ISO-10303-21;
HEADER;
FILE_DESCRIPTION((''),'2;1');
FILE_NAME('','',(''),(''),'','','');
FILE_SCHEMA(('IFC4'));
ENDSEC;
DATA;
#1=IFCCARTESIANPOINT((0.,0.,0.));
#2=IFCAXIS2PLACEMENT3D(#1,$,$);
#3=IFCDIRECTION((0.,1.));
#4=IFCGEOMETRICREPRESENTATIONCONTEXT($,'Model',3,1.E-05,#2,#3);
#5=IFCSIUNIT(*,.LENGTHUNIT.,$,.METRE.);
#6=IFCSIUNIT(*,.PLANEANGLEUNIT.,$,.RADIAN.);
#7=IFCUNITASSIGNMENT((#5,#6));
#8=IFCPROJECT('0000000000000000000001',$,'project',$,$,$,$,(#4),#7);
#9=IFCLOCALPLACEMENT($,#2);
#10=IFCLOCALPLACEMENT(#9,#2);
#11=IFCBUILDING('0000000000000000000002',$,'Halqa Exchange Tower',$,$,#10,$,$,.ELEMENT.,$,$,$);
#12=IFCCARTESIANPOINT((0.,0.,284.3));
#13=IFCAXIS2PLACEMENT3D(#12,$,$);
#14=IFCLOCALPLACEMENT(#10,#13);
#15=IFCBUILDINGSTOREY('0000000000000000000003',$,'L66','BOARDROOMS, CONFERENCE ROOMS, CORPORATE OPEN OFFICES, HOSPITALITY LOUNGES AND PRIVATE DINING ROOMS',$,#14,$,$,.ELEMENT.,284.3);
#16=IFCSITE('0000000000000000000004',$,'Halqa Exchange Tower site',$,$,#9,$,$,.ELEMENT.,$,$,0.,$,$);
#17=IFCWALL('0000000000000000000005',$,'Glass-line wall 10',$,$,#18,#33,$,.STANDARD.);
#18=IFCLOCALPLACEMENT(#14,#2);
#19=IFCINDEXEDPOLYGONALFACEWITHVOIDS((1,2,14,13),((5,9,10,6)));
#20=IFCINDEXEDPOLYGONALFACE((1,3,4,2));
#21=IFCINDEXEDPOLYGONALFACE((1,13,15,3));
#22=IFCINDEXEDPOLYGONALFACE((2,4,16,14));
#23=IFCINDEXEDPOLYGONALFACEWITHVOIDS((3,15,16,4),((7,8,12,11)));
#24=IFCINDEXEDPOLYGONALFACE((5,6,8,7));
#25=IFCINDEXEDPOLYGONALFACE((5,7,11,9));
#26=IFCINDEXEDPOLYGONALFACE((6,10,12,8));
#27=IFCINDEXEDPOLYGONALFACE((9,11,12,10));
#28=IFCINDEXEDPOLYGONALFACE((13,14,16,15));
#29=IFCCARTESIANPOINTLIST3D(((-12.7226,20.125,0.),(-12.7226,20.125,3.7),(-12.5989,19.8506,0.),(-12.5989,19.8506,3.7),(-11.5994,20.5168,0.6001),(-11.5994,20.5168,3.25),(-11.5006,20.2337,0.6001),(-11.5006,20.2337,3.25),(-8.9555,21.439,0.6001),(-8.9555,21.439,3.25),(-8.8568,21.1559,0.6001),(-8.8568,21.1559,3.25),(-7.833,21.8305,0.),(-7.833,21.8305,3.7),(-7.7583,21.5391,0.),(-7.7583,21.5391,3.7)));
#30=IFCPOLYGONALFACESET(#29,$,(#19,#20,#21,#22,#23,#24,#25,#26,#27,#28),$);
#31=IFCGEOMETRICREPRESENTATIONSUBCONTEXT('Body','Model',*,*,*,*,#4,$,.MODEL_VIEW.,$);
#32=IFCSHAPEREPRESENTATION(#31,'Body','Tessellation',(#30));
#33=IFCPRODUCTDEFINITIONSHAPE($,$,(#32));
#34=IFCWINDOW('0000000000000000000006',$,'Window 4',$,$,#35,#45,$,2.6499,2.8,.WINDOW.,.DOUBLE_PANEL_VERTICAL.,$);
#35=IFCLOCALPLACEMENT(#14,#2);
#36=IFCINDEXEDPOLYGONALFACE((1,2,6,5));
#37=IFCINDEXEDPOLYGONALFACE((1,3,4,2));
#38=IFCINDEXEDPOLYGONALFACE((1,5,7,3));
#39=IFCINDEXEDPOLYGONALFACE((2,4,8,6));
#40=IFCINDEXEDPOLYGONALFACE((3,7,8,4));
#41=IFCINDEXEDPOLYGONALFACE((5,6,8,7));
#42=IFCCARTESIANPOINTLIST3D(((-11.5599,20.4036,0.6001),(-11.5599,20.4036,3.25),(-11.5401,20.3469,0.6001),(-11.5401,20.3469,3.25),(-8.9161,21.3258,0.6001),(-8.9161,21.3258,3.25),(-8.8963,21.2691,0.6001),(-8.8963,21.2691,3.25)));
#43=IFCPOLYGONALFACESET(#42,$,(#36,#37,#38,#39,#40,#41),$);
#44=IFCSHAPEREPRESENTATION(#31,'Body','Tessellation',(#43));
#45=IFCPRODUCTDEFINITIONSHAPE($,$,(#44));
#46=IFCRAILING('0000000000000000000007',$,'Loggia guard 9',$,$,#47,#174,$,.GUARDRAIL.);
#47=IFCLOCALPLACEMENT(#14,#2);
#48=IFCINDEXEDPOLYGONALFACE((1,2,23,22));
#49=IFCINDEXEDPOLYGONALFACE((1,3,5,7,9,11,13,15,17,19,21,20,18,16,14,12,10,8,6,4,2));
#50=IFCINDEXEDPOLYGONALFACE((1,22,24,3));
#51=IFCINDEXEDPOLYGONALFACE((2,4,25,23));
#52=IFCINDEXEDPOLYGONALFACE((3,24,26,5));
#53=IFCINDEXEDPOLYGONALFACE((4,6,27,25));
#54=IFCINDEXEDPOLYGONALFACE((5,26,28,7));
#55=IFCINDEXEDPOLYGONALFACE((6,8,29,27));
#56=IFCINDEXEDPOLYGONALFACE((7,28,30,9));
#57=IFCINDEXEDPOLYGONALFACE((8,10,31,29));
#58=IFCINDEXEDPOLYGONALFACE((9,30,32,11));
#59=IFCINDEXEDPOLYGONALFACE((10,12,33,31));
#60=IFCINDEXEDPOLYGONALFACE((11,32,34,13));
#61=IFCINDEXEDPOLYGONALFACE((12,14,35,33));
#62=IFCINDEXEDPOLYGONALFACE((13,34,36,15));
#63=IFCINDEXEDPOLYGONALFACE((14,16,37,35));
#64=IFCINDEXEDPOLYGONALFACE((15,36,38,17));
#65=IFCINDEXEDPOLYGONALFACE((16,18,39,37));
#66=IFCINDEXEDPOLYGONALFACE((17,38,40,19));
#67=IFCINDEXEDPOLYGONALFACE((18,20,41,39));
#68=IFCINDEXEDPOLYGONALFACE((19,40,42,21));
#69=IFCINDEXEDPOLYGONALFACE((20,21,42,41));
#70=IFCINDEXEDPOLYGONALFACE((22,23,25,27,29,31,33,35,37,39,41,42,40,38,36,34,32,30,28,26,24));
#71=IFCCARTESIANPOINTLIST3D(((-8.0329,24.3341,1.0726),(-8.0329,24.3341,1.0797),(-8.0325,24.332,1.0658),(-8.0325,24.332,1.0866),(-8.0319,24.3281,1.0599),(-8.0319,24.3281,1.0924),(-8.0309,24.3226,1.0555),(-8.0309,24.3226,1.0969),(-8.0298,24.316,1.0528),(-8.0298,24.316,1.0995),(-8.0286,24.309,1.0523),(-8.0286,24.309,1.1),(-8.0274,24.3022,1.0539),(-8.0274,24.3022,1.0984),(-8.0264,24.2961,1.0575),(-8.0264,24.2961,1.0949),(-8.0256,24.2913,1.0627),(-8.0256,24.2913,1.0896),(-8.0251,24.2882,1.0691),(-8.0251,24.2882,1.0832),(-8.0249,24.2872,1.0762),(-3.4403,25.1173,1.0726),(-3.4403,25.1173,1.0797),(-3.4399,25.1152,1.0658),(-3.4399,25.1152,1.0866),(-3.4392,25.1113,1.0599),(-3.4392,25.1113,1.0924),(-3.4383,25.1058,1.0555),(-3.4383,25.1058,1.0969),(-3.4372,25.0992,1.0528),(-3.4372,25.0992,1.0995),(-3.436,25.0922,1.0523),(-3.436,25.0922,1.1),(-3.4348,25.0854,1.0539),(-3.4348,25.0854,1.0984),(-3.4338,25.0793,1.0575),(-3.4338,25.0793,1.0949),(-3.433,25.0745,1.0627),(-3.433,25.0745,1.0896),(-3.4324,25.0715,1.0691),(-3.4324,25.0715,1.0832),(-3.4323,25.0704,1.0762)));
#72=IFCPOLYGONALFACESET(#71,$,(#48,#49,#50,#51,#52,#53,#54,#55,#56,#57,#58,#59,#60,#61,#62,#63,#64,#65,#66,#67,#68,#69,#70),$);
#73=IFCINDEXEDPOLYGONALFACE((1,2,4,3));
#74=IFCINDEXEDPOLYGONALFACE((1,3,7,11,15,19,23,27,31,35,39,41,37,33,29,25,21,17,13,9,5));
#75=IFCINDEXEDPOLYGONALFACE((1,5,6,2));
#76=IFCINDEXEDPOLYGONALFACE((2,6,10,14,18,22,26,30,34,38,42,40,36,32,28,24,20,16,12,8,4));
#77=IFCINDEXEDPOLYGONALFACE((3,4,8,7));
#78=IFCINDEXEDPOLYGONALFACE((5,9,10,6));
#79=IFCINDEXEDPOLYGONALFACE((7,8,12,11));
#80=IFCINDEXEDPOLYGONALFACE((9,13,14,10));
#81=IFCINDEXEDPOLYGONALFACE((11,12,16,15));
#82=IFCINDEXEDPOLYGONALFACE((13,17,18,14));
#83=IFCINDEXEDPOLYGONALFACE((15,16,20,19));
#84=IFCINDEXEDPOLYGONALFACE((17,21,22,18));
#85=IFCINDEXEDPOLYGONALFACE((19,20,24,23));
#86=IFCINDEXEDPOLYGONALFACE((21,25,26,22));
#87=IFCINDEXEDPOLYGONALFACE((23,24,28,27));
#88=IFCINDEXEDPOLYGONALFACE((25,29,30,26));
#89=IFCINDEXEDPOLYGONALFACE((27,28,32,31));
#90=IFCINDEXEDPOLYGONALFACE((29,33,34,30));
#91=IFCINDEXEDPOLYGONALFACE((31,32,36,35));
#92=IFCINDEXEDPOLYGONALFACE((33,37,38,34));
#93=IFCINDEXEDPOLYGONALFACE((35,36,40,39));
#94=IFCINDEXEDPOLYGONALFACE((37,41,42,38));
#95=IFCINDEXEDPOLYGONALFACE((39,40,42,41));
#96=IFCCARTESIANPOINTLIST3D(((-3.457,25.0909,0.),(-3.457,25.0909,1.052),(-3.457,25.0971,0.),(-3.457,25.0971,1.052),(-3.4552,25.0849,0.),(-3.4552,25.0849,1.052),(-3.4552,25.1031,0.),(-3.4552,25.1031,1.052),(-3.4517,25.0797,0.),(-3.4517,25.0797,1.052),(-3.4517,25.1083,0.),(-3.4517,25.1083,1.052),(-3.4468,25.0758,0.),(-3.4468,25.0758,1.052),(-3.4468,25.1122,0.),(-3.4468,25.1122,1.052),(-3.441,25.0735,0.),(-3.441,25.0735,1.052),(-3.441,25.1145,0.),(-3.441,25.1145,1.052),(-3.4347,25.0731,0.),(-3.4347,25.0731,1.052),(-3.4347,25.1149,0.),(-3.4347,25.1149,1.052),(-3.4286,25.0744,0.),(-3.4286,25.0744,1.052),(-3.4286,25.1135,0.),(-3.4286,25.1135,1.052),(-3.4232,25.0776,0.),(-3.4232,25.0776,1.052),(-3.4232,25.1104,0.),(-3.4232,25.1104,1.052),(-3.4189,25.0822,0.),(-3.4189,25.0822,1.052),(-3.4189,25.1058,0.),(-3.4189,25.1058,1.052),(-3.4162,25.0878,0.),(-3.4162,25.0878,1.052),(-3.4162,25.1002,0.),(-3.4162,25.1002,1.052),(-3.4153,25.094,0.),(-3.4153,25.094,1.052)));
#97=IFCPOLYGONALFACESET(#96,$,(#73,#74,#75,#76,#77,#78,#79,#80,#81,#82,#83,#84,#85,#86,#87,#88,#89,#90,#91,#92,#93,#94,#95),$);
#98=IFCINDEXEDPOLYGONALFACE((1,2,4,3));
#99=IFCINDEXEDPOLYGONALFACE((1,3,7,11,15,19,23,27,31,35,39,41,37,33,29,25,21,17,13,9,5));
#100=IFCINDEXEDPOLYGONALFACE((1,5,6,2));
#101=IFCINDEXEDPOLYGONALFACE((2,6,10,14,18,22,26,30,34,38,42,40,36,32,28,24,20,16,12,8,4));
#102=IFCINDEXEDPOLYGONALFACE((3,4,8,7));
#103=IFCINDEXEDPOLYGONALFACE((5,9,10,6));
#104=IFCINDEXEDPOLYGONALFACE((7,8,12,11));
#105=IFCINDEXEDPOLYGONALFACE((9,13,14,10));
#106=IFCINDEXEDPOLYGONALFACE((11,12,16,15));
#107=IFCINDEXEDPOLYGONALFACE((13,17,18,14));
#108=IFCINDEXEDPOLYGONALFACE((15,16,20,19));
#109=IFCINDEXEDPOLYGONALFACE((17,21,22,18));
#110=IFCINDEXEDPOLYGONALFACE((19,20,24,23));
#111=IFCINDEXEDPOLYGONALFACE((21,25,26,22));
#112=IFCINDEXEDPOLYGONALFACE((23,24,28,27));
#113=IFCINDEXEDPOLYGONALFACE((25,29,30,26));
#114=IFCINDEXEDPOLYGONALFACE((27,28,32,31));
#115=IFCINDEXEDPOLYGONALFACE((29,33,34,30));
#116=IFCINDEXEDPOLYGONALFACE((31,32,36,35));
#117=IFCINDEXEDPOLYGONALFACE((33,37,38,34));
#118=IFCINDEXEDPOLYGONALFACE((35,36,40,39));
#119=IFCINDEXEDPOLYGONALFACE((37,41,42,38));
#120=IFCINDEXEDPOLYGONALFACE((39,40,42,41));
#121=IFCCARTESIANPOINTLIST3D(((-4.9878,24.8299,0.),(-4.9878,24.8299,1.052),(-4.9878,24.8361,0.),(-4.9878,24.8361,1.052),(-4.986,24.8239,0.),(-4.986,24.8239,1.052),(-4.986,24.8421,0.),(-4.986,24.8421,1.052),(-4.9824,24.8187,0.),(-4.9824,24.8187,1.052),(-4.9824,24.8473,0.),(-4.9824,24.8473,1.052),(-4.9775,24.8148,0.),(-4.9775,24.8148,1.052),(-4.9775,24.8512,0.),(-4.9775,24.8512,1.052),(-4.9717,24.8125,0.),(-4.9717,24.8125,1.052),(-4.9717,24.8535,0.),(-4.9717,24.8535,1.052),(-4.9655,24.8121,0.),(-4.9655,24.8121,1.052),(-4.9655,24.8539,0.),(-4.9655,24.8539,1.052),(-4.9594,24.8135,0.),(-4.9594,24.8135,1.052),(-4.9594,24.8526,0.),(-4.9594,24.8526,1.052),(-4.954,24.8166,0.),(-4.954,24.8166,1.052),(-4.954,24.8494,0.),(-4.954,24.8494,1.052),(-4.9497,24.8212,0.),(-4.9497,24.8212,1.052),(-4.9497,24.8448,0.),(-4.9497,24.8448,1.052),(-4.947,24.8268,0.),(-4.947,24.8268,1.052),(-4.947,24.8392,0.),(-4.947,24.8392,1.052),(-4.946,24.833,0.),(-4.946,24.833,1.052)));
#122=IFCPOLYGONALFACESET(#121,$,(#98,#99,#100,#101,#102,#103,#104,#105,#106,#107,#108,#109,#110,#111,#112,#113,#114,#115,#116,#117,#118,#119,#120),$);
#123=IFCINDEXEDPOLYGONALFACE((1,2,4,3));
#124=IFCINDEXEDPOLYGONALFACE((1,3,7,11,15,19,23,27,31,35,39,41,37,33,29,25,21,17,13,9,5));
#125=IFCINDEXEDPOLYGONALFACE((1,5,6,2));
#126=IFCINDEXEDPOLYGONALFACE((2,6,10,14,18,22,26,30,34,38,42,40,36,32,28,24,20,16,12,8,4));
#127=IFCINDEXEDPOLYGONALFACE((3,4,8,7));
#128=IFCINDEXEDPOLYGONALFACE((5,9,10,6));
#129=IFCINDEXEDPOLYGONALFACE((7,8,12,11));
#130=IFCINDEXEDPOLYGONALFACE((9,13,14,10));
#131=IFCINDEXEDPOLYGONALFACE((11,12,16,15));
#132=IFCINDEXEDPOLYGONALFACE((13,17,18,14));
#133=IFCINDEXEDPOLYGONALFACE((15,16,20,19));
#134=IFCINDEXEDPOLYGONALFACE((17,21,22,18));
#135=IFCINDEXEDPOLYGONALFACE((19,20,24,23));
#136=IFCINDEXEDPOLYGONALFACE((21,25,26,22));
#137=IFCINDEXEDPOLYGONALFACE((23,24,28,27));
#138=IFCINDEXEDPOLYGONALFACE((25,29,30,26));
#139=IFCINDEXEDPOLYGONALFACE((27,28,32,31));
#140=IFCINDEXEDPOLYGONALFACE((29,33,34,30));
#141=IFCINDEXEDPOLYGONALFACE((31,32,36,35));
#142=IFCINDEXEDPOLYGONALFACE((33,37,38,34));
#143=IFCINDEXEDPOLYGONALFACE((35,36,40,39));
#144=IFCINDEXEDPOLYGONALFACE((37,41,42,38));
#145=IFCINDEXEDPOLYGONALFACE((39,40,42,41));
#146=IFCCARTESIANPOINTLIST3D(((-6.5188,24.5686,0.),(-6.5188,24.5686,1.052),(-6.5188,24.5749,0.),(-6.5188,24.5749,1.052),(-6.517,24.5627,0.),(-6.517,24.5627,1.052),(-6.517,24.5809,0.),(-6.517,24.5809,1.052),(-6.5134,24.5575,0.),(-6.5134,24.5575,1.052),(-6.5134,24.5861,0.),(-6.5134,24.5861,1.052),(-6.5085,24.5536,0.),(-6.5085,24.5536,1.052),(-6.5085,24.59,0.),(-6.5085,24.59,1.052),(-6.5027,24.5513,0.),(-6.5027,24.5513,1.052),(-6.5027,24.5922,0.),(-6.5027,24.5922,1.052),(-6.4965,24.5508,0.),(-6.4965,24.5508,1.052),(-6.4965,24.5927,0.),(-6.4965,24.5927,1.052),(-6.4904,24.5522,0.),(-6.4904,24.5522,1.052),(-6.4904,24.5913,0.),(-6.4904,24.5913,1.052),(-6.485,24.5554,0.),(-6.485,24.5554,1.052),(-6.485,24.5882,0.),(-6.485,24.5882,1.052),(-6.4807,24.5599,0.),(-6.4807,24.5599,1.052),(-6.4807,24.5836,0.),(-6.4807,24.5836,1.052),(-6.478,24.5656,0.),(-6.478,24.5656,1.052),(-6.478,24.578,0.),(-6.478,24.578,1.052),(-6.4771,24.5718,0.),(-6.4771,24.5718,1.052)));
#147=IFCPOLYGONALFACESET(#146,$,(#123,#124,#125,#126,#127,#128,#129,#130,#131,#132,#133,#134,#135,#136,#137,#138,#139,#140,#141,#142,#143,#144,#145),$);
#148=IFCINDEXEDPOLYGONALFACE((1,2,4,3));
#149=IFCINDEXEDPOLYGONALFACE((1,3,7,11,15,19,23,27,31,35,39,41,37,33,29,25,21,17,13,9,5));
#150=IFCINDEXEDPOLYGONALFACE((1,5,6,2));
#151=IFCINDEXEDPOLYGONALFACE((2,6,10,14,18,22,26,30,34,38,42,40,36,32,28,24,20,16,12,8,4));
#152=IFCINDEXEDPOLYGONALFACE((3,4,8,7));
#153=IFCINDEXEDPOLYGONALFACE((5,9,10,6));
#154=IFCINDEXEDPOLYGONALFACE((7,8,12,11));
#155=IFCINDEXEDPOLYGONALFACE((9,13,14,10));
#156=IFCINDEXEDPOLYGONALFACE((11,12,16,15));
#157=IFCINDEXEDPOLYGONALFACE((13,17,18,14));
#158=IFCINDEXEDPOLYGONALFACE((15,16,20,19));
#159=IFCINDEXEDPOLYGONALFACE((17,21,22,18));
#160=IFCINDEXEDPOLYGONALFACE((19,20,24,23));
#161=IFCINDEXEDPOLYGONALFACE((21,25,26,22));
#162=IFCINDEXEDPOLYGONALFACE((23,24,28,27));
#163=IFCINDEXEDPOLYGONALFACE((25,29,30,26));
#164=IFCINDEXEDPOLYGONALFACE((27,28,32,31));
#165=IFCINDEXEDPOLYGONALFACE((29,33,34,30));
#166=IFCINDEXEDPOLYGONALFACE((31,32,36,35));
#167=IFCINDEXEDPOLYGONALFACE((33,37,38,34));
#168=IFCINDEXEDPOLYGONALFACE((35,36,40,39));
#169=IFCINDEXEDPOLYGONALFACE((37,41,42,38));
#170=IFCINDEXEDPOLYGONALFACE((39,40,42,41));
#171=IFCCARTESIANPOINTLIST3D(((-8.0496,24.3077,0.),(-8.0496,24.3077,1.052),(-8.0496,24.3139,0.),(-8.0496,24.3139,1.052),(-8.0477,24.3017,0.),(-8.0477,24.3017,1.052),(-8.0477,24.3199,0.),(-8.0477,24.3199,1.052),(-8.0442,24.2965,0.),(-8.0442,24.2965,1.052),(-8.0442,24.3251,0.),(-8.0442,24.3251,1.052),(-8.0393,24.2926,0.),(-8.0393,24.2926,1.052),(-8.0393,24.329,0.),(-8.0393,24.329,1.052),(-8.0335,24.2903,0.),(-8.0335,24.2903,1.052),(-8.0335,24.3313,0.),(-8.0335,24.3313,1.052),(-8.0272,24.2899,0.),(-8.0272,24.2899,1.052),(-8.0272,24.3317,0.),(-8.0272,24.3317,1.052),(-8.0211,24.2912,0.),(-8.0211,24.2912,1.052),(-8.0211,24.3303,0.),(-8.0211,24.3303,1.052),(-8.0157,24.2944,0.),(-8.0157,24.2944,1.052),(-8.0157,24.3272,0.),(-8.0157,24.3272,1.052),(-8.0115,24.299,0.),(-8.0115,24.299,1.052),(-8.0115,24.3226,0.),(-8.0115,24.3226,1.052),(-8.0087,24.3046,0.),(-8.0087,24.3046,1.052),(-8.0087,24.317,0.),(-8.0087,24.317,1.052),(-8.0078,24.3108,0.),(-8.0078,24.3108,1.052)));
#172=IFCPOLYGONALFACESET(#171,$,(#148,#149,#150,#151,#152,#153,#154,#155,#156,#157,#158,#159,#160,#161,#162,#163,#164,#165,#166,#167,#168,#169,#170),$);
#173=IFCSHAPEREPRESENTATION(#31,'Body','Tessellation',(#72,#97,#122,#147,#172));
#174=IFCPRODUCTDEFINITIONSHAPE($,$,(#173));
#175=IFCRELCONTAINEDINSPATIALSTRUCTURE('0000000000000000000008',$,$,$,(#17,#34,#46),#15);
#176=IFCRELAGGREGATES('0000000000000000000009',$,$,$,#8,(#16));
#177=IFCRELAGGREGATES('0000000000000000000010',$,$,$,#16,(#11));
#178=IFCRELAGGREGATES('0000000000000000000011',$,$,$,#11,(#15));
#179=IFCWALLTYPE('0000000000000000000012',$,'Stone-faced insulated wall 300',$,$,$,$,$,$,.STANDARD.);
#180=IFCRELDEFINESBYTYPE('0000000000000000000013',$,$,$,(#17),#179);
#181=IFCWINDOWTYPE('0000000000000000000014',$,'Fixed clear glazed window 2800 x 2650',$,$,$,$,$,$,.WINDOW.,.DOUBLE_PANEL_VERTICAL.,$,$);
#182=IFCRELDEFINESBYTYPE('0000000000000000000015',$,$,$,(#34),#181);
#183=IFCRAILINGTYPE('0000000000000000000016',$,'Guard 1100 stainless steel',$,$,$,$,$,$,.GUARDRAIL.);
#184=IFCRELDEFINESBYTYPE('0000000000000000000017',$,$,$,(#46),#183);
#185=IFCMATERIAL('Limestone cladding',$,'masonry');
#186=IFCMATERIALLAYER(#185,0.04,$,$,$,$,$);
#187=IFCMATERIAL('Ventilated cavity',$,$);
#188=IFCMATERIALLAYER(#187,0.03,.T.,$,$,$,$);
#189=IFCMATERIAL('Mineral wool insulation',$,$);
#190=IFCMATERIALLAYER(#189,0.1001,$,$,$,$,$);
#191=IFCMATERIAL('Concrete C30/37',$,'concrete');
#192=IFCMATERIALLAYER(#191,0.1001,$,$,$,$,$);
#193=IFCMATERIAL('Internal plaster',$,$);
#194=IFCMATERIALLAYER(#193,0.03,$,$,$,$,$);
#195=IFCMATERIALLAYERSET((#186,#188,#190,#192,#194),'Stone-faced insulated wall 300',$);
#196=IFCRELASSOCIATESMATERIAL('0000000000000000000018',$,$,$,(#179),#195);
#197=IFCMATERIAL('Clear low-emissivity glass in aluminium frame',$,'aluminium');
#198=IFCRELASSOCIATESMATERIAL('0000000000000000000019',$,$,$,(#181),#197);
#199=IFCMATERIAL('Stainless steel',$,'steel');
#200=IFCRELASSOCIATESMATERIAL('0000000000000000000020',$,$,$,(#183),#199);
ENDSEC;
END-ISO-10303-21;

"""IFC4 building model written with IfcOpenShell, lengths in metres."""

from ifc_helpers import new_model, si_unit, direction, frame, frame_2d, origin, origin_2d, place, context, subcontext, project, spatial, polyline, rectangle, circle, outline, extrude, material, layer, layer_set, type_object, element, fill, save


model = new_model("IFC4")

# Units and contexts
model_context = context("Model", 3, precision=1e-05, world=origin(), true_north=direction((0.0, 1.0)))
body_context = subcontext(model_context, "Body", "Model", "MODEL_VIEW")
ifc_project = project(units=[si_unit("LENGTHUNIT", "METRE"), si_unit("PLANEANGLEUNIT", "RADIAN")], contexts=[model_context])

# Site, building, storey
site_placement = place(None, origin())
site = spatial("IfcSite", under=ifc_project, at=site_placement, Name="Halqa Exchange Tower site", CompositionType="ELEMENT", RefElevation=0.0)
building_placement = place(site_placement, origin())
building = spatial("IfcBuilding", under=site, at=building_placement, Name="Halqa Exchange Tower", CompositionType="ELEMENT")
storey_placement = place(building_placement, frame((0.0, 0.0, 284.3)))
storey = spatial("IfcBuildingStorey", under=building, at=storey_placement, Name="L66", Description="BOARDROOMS, CONFERENCE ROOMS, CORPORATE OPEN OFFICES, HOSPITALITY LOUNGES AND PRIVATE DINING ROOMS", CompositionType="ELEMENT", Elevation=284.3)

# Shared definitions
ifc_material_1 = material(Name="Concrete C30/37", Category="concrete")

# Wall, opening, window
ifc_material_2 = material(Name="Limestone cladding", Category="masonry")
ifc_layer_1 = layer(ifc_material_2, 0.04)
ifc_material_3 = material(Name="Ventilated cavity")
ifc_layer_2 = layer(ifc_material_3, 0.03, ventilated=True)
ifc_material_4 = material(Name="Mineral wool insulation")
ifc_layer_3 = layer(ifc_material_4, 0.1001)
ifc_layer_4 = layer(ifc_material_1, 0.1001)
ifc_material_5 = material(Name="Internal plaster")
ifc_layer_5 = layer(ifc_material_5, 0.03)
ifc_layer_set_1 = layer_set([ifc_layer_1, ifc_layer_2, ifc_layer_3, ifc_layer_4, ifc_layer_5], Name="Stone-faced insulated wall 300")
wall_type_1 = type_object("IfcWallType", Name="Stone-faced insulated wall 300", PredefinedType="STANDARD", material=ifc_layer_set_1)
ifc_material_6 = material(Name="Clear low-emissivity glass in aluminium frame", Category="aluminium")
window_type = type_object("IfcWindowType", Name="Fixed clear glazed window 2800 x 2650", PartitioningType="DOUBLE_PANEL_VERTICAL", PredefinedType="WINDOW", material=ifc_material_6)
wall_1_placement = place(storey_placement, frame((-7.7957, 21.6848, 0.0), z_axis=(0.0, 0.0, 1.0), x_axis=(-0.944204, -0.32936, 0.0)))
wall_1 = element("IfcWall", 1, at=wall_1_placement, inside=storey, type_object=wall_type_1, Name="Glass-line wall 10", PredefinedType="STANDARD", context=body_context, shape_type="SweptSolid", body=[
    extrude(outline(polyline([(-0.0127, -0.1499), (5.1658, -0.1499), (5.1394, 0.1499), (0.0127, 0.1499), (-0.0127, -0.1499)])), origin(), (0.0, 0.0, 1.0), 3.7),
])
opening_1_placement = place(wall_1_placement, frame((1.1763, 0.0, 0.6001)))
opening_1 = element("IfcOpeningElement", 2, at=opening_1_placement, cuts=wall_1, PredefinedType="OPENING", context=body_context, shape_type="SweptSolid", body=[
    extrude(rectangle(XDim=2.8, YDim=2.6499, at=frame_2d((1.3999, 1.325))), frame((0.0, 0.1621, 0.0), z_axis=(0.0, -1.0, 0.0), x_axis=(1.0, 0.0, 0.0)), (0.0, 0.0, 1.0), 0.324),
])
window_1_placement = place(opening_1_placement, origin())
window_1 = element("IfcWindow", 3, at=window_1_placement, inside=storey, type_object=window_type, Name="Window 4", OverallHeight=2.6499, OverallWidth=2.8, PartitioningType="DOUBLE_PANEL_VERTICAL", PredefinedType="WINDOW", context=body_context, shape_type="SweptSolid", body=[
    extrude(rectangle(XDim=2.8, YDim=2.6499, at=frame_2d((1.3999, 1.325))), frame((0.0, 0.03, 0.0), z_axis=(0.0, -1.0, 0.0), x_axis=(1.0, 0.0, 0.0)), (0.0, 0.0, 1.0), 0.0601),
])
fill(opening_1, window_1)

# Railing
ifc_material_7 = material(Name="Stainless steel", Category="steel")
railing_type_1 = type_object("IfcRailingType", Name="Guard 1100 stainless steel", PredefinedType="GUARDRAIL", material=ifc_material_7)
railing_1_placement = place(storey_placement, frame((-3.4363, 25.094, 0.0)))
element("IfcRailing", 4, at=railing_1_placement, inside=storey, type_object=railing_type_1, Name="Loggia guard 9", PredefinedType="GUARDRAIL", context=body_context, shape_type="SweptSolid", body=[
    extrude(circle(Radius=0.0239, at=origin_2d()), frame((0.0, 0.0, 1.0762), z_axis=(-0.985768, -0.168111, 0.0), x_axis=(0.168111, -0.985768, 0.0)), (0.0, 0.0, 1.0), 4.6589),
    extrude(circle(Radius=0.021, at=origin_2d()), origin(), (0.0, 0.0, 1.0), 1.052),
    extrude(circle(Radius=0.021, at=origin_2d()), frame((-1.5308, -0.261, 0.0)), (0.0, 0.0, 1.0), 1.052),
    extrude(circle(Radius=0.021, at=origin_2d()), frame((-3.0618, -0.5222, 0.0)), (0.0, 0.0, 1.0), 1.052),
    extrude(circle(Radius=0.021, at=origin_2d()), frame((-4.5925, -0.7832, 0.0)), (0.0, 0.0, 1.0), 1.052),
])

save(model, "model.ifc")
